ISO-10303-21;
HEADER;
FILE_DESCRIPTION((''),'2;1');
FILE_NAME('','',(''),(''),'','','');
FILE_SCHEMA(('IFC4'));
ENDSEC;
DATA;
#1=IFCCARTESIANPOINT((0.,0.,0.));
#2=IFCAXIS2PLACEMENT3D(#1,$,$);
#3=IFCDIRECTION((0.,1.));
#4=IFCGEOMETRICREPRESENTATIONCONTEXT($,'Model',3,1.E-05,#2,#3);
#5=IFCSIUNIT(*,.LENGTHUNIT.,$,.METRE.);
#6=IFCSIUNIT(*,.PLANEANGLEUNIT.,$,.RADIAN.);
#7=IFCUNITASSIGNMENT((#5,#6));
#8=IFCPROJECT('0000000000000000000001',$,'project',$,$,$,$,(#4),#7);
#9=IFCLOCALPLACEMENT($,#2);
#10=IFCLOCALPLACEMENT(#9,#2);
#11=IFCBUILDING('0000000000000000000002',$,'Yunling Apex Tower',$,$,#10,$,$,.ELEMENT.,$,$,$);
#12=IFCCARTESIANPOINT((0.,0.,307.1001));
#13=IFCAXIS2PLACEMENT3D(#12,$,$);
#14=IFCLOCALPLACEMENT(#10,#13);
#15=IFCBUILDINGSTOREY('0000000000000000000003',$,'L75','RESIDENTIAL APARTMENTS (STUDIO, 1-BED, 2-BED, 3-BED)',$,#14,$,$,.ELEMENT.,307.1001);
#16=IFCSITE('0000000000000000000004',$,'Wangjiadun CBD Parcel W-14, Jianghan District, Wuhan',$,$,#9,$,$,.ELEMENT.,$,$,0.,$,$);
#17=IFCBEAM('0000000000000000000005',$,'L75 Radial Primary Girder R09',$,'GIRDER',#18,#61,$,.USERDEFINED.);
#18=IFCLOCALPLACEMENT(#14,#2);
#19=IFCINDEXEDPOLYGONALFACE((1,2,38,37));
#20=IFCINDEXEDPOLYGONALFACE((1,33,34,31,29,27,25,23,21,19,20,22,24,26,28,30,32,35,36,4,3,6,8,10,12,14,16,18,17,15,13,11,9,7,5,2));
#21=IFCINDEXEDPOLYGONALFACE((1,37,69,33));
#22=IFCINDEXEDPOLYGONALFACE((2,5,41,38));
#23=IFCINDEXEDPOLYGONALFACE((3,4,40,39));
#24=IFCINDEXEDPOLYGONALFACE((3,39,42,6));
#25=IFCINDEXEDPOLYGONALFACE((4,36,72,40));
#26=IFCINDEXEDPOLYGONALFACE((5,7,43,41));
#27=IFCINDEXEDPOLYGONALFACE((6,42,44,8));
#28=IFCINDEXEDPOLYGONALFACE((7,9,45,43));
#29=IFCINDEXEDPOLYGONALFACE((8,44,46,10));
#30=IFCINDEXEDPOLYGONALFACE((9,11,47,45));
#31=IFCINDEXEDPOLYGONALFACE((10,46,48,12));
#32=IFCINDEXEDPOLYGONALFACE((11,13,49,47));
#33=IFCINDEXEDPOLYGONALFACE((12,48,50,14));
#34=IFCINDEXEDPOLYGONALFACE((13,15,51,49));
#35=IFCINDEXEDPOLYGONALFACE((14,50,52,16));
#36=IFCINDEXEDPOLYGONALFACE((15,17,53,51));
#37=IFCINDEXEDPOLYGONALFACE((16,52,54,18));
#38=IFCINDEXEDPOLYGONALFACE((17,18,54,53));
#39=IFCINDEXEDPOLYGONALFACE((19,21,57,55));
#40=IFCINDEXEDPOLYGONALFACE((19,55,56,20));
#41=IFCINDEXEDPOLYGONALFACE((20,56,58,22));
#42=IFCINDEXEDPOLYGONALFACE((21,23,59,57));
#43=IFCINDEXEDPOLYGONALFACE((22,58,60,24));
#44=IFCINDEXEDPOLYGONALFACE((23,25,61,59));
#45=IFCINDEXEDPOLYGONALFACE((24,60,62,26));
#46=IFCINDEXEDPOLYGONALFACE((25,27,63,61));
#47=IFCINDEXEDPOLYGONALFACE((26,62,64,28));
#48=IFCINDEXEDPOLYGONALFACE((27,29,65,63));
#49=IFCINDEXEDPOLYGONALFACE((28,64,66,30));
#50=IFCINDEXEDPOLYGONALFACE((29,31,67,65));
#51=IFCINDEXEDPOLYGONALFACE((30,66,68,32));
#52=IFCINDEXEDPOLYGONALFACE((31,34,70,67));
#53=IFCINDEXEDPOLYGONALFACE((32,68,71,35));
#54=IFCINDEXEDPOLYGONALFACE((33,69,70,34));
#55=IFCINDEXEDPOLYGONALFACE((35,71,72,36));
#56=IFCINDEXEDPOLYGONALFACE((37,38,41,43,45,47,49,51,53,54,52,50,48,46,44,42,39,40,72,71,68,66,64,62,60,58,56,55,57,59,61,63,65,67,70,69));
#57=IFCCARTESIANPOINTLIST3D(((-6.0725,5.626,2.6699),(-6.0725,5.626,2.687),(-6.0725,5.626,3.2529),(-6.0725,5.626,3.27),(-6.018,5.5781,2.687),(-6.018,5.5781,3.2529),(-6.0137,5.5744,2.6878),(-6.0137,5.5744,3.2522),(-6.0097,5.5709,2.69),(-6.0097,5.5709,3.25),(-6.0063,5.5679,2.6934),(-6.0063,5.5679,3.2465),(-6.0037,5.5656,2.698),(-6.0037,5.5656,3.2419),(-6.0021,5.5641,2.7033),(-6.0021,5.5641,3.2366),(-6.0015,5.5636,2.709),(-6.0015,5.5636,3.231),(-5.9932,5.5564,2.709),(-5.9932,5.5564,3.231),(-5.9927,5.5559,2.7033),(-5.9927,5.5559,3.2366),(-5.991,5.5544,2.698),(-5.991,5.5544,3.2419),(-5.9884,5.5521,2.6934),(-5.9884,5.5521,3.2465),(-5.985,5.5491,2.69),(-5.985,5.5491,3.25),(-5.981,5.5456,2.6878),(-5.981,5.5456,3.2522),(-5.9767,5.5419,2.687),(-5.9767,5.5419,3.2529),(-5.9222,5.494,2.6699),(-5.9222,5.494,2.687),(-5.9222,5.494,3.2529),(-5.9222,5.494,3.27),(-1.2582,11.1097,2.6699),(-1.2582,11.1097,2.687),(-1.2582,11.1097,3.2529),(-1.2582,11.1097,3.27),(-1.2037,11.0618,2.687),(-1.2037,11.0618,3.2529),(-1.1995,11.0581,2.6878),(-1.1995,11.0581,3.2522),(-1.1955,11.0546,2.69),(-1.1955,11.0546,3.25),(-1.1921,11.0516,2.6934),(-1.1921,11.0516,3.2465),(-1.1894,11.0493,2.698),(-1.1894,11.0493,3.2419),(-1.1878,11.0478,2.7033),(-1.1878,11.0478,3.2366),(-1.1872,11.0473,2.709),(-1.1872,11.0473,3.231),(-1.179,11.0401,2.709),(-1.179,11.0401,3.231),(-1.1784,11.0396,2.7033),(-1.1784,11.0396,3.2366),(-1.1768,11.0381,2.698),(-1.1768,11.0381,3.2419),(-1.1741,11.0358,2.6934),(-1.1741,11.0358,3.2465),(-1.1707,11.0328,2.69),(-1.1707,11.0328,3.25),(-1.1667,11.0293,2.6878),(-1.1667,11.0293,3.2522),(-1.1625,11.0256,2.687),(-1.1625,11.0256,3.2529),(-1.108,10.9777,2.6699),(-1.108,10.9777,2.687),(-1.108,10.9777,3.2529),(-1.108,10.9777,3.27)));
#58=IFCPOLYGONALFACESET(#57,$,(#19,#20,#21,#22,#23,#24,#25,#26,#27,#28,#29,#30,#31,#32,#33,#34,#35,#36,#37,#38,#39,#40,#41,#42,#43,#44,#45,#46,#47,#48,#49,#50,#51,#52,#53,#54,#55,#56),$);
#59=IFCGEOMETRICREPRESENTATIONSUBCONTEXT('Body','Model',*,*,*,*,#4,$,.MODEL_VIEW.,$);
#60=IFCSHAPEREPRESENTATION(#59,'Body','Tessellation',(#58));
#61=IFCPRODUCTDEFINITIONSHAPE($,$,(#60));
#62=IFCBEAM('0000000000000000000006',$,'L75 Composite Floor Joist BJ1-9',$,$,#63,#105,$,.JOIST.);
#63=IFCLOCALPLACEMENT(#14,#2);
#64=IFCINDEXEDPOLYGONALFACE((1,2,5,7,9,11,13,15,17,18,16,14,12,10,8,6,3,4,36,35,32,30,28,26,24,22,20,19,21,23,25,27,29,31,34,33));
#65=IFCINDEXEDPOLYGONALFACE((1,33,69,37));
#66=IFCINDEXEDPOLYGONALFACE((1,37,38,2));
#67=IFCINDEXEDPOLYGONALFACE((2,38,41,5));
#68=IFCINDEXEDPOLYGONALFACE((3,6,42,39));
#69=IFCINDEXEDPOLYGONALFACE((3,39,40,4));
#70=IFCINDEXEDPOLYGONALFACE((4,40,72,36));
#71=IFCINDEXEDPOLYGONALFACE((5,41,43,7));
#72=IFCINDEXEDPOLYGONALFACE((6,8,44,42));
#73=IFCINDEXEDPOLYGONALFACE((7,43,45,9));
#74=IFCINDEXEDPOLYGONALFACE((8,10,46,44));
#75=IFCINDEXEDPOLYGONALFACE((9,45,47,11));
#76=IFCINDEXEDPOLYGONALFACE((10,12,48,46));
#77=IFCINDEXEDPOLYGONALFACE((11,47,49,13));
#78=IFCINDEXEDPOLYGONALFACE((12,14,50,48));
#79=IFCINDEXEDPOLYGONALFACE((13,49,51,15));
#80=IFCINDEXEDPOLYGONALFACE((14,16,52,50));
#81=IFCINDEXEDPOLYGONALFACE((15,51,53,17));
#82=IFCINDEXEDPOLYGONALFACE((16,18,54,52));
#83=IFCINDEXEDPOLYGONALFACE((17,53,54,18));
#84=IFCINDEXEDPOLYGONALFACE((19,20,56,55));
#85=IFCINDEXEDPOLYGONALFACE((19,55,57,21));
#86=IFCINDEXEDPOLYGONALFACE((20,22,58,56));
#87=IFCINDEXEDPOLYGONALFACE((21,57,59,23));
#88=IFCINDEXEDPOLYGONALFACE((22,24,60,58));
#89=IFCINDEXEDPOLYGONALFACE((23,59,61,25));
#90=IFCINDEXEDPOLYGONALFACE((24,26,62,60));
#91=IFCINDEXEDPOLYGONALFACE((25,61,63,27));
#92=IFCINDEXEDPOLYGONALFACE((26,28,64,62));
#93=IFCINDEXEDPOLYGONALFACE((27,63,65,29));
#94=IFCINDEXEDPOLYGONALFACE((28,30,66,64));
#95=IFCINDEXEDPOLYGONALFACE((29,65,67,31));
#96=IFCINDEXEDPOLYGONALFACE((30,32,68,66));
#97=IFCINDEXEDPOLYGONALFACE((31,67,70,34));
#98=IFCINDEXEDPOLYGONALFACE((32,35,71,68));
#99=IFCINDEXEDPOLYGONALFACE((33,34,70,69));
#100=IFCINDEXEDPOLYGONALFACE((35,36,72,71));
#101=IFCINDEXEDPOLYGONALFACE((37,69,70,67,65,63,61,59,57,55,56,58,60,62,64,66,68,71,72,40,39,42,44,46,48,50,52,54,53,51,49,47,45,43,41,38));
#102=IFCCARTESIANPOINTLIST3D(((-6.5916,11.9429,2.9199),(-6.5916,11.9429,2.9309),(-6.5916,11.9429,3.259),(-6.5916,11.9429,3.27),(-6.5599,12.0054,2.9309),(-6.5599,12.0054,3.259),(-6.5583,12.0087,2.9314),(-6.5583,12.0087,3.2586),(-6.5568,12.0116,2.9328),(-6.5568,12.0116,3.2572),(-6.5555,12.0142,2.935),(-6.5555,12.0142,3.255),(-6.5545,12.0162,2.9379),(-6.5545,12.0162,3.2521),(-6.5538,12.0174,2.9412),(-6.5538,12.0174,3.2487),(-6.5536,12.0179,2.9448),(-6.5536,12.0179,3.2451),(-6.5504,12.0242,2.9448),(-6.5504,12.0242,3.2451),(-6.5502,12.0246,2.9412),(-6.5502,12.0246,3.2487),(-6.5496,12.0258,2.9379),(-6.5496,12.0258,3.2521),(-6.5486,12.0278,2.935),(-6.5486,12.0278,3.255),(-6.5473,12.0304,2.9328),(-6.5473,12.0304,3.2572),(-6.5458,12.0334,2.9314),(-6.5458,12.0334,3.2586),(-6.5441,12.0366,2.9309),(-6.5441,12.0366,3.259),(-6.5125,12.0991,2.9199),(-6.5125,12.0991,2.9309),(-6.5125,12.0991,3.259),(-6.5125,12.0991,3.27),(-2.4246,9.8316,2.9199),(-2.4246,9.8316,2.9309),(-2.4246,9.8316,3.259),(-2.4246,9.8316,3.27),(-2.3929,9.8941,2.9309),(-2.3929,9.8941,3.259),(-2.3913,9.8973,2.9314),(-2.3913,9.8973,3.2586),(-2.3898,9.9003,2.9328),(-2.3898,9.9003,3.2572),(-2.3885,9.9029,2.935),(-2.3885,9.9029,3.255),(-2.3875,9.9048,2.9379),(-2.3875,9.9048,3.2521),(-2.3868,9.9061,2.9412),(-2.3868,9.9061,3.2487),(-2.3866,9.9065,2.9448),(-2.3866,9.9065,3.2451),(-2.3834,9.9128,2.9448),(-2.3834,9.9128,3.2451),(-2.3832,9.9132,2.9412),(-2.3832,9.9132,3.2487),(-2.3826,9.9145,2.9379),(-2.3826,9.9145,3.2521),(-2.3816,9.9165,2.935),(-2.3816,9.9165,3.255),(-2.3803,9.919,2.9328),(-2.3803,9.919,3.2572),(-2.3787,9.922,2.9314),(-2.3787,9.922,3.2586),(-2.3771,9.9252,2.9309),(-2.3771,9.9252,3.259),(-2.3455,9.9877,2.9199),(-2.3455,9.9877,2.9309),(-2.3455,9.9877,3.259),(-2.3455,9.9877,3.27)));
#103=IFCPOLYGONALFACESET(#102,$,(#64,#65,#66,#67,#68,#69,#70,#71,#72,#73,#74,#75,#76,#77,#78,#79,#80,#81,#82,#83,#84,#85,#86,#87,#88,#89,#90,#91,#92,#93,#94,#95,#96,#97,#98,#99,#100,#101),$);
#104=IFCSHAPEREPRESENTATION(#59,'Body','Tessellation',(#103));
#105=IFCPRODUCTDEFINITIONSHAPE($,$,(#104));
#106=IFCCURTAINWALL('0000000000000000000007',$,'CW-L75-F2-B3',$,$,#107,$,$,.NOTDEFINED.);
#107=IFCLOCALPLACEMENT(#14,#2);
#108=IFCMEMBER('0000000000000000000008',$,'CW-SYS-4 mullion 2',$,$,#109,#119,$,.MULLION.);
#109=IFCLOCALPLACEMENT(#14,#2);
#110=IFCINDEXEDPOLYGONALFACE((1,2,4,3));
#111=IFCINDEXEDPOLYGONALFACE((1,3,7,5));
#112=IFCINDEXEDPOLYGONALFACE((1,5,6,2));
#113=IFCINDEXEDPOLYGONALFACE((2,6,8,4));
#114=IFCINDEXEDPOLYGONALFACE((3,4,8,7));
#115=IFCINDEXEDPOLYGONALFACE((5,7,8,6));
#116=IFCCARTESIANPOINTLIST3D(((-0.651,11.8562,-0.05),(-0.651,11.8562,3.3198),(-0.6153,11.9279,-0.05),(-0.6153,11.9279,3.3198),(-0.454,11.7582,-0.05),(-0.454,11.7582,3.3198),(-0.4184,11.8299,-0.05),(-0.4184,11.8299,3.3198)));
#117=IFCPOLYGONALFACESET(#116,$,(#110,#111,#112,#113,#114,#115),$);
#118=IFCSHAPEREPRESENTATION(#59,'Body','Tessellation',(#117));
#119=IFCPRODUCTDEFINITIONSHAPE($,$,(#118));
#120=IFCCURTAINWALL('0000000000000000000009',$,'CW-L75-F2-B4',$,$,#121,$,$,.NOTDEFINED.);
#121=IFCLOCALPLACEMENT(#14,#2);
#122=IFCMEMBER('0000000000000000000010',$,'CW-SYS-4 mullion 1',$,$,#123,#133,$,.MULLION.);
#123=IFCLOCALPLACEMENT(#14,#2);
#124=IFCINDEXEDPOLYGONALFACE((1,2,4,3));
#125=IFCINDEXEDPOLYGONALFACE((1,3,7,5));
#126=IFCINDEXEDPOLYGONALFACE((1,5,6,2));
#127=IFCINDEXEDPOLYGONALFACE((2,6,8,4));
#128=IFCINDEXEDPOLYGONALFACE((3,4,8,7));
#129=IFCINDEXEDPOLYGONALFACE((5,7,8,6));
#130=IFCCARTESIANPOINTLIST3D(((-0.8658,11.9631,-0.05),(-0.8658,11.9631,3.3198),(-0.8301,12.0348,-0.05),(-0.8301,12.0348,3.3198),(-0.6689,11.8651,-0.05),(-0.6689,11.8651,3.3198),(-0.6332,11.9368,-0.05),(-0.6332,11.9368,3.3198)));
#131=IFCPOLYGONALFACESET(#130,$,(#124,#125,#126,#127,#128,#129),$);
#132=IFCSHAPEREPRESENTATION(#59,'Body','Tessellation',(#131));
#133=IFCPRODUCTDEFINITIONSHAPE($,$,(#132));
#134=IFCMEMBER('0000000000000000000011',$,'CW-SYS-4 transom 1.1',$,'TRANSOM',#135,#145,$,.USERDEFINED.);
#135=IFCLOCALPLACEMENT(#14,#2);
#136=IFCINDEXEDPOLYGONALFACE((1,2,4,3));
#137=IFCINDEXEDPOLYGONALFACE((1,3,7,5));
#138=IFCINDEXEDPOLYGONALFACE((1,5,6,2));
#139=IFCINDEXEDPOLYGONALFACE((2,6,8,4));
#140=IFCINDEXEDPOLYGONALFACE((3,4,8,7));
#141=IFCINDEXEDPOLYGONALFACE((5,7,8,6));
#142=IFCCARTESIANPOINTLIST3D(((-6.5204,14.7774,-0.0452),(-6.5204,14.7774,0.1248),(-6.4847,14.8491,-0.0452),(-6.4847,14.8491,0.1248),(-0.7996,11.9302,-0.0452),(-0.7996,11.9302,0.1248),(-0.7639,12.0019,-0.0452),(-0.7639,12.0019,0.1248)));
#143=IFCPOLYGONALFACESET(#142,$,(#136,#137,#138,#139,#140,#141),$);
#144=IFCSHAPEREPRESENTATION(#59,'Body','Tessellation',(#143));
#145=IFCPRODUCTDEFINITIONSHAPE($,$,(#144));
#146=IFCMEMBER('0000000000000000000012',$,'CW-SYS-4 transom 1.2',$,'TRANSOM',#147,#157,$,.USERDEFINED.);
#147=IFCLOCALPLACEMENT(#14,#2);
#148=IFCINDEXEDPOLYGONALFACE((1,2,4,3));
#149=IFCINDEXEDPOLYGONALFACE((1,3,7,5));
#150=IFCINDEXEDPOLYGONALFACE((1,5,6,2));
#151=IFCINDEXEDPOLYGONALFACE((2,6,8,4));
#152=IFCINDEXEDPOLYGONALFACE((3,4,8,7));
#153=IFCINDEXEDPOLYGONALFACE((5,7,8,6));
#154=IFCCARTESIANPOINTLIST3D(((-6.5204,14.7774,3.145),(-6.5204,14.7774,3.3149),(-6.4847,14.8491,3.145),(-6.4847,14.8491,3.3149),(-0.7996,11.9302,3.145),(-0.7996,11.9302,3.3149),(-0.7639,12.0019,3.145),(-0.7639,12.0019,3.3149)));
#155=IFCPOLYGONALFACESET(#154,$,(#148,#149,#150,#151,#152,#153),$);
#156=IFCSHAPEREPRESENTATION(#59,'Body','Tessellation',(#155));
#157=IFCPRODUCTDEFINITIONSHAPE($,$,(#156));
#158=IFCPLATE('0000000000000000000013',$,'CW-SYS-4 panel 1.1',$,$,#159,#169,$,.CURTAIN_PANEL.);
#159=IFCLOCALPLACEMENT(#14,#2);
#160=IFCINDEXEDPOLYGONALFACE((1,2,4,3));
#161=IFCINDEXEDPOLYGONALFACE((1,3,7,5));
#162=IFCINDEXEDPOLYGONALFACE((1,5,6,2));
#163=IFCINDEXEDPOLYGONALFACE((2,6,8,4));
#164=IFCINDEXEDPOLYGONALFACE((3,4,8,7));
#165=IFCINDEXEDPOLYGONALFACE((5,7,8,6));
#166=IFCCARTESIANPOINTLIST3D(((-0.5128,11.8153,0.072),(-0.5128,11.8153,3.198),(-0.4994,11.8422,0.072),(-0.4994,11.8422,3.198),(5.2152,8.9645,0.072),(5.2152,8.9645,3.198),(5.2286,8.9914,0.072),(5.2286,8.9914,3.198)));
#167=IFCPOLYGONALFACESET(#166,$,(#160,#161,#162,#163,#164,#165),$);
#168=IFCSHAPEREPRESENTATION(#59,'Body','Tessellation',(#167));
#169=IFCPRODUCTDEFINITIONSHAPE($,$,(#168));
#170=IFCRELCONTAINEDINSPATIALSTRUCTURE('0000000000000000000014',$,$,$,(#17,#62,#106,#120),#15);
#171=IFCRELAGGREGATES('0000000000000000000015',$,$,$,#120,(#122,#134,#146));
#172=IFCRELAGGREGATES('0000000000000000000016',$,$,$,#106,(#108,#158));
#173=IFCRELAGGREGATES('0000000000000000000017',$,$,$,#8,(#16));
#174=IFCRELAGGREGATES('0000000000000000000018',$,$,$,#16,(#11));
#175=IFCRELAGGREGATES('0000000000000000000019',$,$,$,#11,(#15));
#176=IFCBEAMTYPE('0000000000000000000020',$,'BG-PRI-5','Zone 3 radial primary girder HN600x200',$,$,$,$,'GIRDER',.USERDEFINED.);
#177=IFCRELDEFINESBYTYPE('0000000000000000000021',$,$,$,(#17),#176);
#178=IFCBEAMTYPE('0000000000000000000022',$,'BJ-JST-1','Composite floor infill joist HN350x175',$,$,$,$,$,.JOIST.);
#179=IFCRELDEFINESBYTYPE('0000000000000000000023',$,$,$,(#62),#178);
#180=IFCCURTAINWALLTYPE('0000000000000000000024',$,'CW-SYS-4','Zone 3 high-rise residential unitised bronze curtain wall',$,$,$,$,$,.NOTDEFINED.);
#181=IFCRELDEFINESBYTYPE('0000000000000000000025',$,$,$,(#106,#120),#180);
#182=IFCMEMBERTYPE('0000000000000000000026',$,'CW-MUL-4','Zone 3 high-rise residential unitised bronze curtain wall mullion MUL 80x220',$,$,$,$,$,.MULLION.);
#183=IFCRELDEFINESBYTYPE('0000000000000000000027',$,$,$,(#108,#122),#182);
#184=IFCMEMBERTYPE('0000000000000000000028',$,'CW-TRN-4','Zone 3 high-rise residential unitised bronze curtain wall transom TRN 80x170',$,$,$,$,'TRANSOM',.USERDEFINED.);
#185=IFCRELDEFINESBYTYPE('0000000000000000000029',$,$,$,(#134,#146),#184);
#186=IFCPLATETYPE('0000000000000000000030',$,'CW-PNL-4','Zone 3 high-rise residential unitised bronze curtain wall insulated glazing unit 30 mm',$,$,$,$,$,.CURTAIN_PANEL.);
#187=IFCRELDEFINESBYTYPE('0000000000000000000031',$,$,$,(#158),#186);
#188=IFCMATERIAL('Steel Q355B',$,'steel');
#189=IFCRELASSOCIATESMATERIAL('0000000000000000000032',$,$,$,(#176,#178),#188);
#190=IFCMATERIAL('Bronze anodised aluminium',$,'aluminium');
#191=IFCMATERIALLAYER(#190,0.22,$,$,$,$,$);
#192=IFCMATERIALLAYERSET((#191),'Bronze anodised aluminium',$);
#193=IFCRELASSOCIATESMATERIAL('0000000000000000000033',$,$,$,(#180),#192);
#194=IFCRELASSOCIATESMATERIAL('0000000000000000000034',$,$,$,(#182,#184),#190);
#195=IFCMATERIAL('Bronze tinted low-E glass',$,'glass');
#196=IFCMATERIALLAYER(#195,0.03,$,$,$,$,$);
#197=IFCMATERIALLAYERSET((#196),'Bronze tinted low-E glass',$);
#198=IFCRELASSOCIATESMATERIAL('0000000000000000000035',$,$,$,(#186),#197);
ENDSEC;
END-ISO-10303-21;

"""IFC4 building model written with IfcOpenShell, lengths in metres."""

from ifc_helpers import new_model, si_unit, direction, frame, origin, origin_2d, place, context, subcontext, project, spatial, rectangle, i_section, extrude, source, transform, mapped, material, layer, layer_set, material_profile, profile_set, type_object, element, aggregate, save


model = new_model("IFC4")

# Units and contexts
model_context = context("Model", 3, precision=1e-05, world=origin(), true_north=direction((0.0, 1.0)))
body_context = subcontext(model_context, "Body", "Model", "MODEL_VIEW")
ifc_project = project(units=[si_unit("LENGTHUNIT", "METRE"), si_unit("PLANEANGLEUNIT", "RADIAN")], contexts=[model_context])

# Site, building, storey
site_placement = place(None, origin())
site = spatial("IfcSite", under=ifc_project, at=site_placement, Name="Wangjiadun CBD Parcel W-14, Jianghan District, Wuhan", CompositionType="ELEMENT", RefElevation=0.0)
building_placement = place(site_placement, origin())
building = spatial("IfcBuilding", under=site, at=building_placement, Name="Yunling Apex Tower", CompositionType="ELEMENT")
storey_placement = place(building_placement, frame((0.0, 0.0, 307.1001)))
storey = spatial("IfcBuildingStorey", under=building, at=storey_placement, Name="L75", Description="RESIDENTIAL APARTMENTS (STUDIO, 1-BED, 2-BED, 3-BED)", CompositionType="ELEMENT", Elevation=307.1001)

# Shared definitions
ifc_material_1 = material(Name="Steel Q355B", Category="steel")

# Beams
ifc_material_profile_1 = material_profile(ifc_material_1, i_section(OverallWidth=0.2, OverallDepth=0.6001, WebThickness=0.011, FlangeThickness=0.0171, FilletRadius=0.022, at=origin_2d()))
ifc_profile_set_1 = profile_set([ifc_material_profile_1], Name="Steel Q355B")
beam_type_1 = type_object("IfcBeamType", Name="BG-PRI-5", Description="Zone 3 radial primary girder HN600x200", ElementType="GIRDER", PredefinedType="USERDEFINED", material=ifc_profile_set_1)
shared_shape_1 = source(origin(), body_context, "Body", "SweptSolid", [
    extrude(i_section(OverallWidth=0.2, OverallDepth=0.6001, WebThickness=0.011, FlangeThickness=0.0171, FilletRadius=0.022, at=origin_2d()), origin(), (0.0, 0.0, 1.0), 7.2971),
])
beam_1_placement = place(storey_placement, frame((-1.1831, 11.0437, 2.97), z_axis=(-0.659747, -0.751488, 0.0), x_axis=(0.751488, -0.659747, 0.0)))
element("IfcBeam", 1, at=beam_1_placement, inside=storey, type_object=beam_type_1, Name="L75 Radial Primary Girder R09", ObjectType="GIRDER", PredefinedType="USERDEFINED", context=body_context, shape_type="MappedRepresentation", body=[
    mapped(shared_shape_1, transform((0.0, 0.0, 0.0), scale=1.0)),
])
ifc_material_profile_2 = material_profile(ifc_material_1, i_section(OverallWidth=0.175, OverallDepth=0.3501, WebThickness=0.0071, FlangeThickness=0.011, FilletRadius=0.0139, at=origin_2d()))
ifc_profile_set_2 = profile_set([ifc_material_profile_2], Name="Steel Q355B")
beam_type_2 = type_object("IfcBeamType", Name="BJ-JST-1", Description="Composite floor infill joist HN350x175", PredefinedType="JOIST", material=ifc_profile_set_2)
shared_shape_2 = source(origin(), body_context, "Body", "SweptSolid", [
    extrude(i_section(OverallWidth=0.175, OverallDepth=0.3501, WebThickness=0.0071, FlangeThickness=0.011, FilletRadius=0.0139, at=origin_2d()), origin(), (0.0, 0.0, 1.0), 4.6714),
])
beam_2_placement = place(storey_placement, frame((-2.385, 9.9097, 3.095), z_axis=(-0.892031, 0.451974, 0.0), x_axis=(-0.451974, -0.892031, 0.0)))
element("IfcBeam", 2, at=beam_2_placement, inside=storey, type_object=beam_type_2, Name="L75 Composite Floor Joist BJ1-9", PredefinedType="JOIST", context=body_context, shape_type="MappedRepresentation", body=[
    mapped(shared_shape_2, transform((0.0, 0.0, 0.0), scale=1.0)),
])

# Curtain wall, member
ifc_material_2 = material(Name="Bronze anodised aluminium", Category="aluminium")
ifc_layer_1 = layer(ifc_material_2, 0.22)
ifc_layer_set_1 = layer_set([ifc_layer_1], Name="Bronze anodised aluminium")
curtain_wall_type = type_object("IfcCurtainWallType", Name="CW-SYS-4", Description="Zone 3 high-rise residential unitised bronze curtain wall", PredefinedType="NOTDEFINED", material=ifc_layer_set_1)
curtain_wall_1_placement = place(storey_placement, origin())
curtain_wall_1 = element("IfcCurtainWall", 3, at=curtain_wall_1_placement, inside=storey, type_object=curtain_wall_type, Name="CW-L75-F2-B3", PredefinedType="NOTDEFINED")
ifc_material_profile_3 = material_profile(ifc_material_2, rectangle(XDim=0.0801, YDim=0.22, at=origin_2d()))
ifc_profile_set_3 = profile_set([ifc_material_profile_3], Name="Bronze anodised aluminium")
member_type_1 = type_object("IfcMemberType", Name="CW-MUL-4", Description="Zone 3 high-rise residential unitised bronze curtain wall mullion MUL 80x220", PredefinedType="MULLION", material=ifc_profile_set_3)
shared_shape_3 = source(origin(), body_context, "Body", "SweptSolid", [
    extrude(rectangle(XDim=0.0801, YDim=0.22, at=origin_2d()), origin(), (0.0, 0.0, 1.0), 3.3699),
])
member_1_placement = place(storey_placement, frame((-0.5347, 11.843, -0.05), z_axis=(0.0, 0.0, 1.0), x_axis=(-0.445562, -0.895251, 0.0)))
member_1 = element("IfcMember", 4, at=member_1_placement, type_object=member_type_1, Name="CW-SYS-4 mullion 2", PredefinedType="MULLION", context=body_context, shape_type="MappedRepresentation", body=[
    mapped(shared_shape_3, transform((0.0, 0.0, 0.0), scale=1.0)),
])

# Curtain wall, members
curtain_wall_2_placement = place(storey_placement, origin())
curtain_wall_2 = element("IfcCurtainWall", 5, at=curtain_wall_2_placement, inside=storey, type_object=curtain_wall_type, Name="CW-L75-F2-B4", PredefinedType="NOTDEFINED")
member_2_placement = place(storey_placement, frame((-0.7495, 11.95, -0.05), z_axis=(0.0, 0.0, 1.0), x_axis=(-0.445568, -0.895248, 0.0)))
member_2 = element("IfcMember", 6, at=member_2_placement, type_object=member_type_1, Name="CW-SYS-4 mullion 1", PredefinedType="MULLION", context=body_context, shape_type="MappedRepresentation", body=[
    mapped(shared_shape_3, transform((0.0, 0.0, 0.0), scale=1.0)),
])
ifc_material_profile_4 = material_profile(ifc_material_2, rectangle(XDim=0.0801, YDim=0.1699, at=origin_2d()))
ifc_profile_set_4 = profile_set([ifc_material_profile_4], Name="Bronze anodised aluminium")
member_type_2 = type_object("IfcMemberType", Name="CW-TRN-4", Description="Zone 3 high-rise residential unitised bronze curtain wall transom TRN 80x170", ElementType="TRANSOM", PredefinedType="USERDEFINED", material=ifc_profile_set_4)
shared_shape_4 = source(origin(), body_context, "Body", "SweptSolid", [
    extrude(rectangle(XDim=0.0801, YDim=0.1699, at=origin_2d()), origin(), (0.0, 0.0, 1.0), 6.3901),
])
member_3_placement = place(storey_placement, frame((-0.7817, 11.9661, 0.0398), z_axis=(-0.895251, 0.445562, 0.0), x_axis=(-0.445562, -0.895251, 0.0)))
member_3 = element("IfcMember", 7, at=member_3_placement, type_object=member_type_2, Name="CW-SYS-4 transom 1.1", ObjectType="TRANSOM", PredefinedType="USERDEFINED", context=body_context, shape_type="MappedRepresentation", body=[
    mapped(shared_shape_4, transform((0.0, 0.0, 0.0), scale=1.0)),
])
member_4_placement = place(storey_placement, frame((-0.7817, 11.9661, 3.23), z_axis=(-0.895251, 0.445562, 0.0), x_axis=(-0.445562, -0.895251, 0.0)))
member_4 = element("IfcMember", 8, at=member_4_placement, type_object=member_type_2, Name="CW-SYS-4 transom 1.2", ObjectType="TRANSOM", PredefinedType="USERDEFINED", context=body_context, shape_type="MappedRepresentation", body=[
    mapped(shared_shape_4, transform((0.0, 0.0, 0.0), scale=1.0)),
])
aggregate(curtain_wall_2, [member_2, member_3, member_4])

# Plate
ifc_material_3 = material(Name="Bronze tinted low-E glass", Category="glass")
ifc_layer_2 = layer(ifc_material_3, 0.03)
ifc_layer_set_2 = layer_set([ifc_layer_2], Name="Bronze tinted low-E glass")
plate_type = type_object("IfcPlateType", Name="CW-PNL-4", Description="Zone 3 high-rise residential unitised bronze curtain wall insulated glazing unit 30 mm", PredefinedType="CURTAIN_PANEL", material=ifc_layer_set_2)
shared_shape_5 = source(origin(), body_context, "Body", "SweptSolid", [
    extrude(rectangle(XDim=6.3982, YDim=0.03, at=origin_2d()), origin(), (0.0, 0.0, 1.0), 3.126),
])
plate_placement = place(storey_placement, frame((2.3579, 10.4033, 0.072), z_axis=(0.0, 0.0, 1.0), x_axis=(-0.895251, 0.445562, 0.0)))
plate = element("IfcPlate", 9, at=plate_placement, type_object=plate_type, Name="CW-SYS-4 panel 1.1", PredefinedType="CURTAIN_PANEL", context=body_context, shape_type="MappedRepresentation", body=[
    mapped(shared_shape_5, transform((0.0, 0.0, 0.0), scale=1.0)),
])
aggregate(curtain_wall_1, [member_1, plate])

save(model, "model.ifc")
